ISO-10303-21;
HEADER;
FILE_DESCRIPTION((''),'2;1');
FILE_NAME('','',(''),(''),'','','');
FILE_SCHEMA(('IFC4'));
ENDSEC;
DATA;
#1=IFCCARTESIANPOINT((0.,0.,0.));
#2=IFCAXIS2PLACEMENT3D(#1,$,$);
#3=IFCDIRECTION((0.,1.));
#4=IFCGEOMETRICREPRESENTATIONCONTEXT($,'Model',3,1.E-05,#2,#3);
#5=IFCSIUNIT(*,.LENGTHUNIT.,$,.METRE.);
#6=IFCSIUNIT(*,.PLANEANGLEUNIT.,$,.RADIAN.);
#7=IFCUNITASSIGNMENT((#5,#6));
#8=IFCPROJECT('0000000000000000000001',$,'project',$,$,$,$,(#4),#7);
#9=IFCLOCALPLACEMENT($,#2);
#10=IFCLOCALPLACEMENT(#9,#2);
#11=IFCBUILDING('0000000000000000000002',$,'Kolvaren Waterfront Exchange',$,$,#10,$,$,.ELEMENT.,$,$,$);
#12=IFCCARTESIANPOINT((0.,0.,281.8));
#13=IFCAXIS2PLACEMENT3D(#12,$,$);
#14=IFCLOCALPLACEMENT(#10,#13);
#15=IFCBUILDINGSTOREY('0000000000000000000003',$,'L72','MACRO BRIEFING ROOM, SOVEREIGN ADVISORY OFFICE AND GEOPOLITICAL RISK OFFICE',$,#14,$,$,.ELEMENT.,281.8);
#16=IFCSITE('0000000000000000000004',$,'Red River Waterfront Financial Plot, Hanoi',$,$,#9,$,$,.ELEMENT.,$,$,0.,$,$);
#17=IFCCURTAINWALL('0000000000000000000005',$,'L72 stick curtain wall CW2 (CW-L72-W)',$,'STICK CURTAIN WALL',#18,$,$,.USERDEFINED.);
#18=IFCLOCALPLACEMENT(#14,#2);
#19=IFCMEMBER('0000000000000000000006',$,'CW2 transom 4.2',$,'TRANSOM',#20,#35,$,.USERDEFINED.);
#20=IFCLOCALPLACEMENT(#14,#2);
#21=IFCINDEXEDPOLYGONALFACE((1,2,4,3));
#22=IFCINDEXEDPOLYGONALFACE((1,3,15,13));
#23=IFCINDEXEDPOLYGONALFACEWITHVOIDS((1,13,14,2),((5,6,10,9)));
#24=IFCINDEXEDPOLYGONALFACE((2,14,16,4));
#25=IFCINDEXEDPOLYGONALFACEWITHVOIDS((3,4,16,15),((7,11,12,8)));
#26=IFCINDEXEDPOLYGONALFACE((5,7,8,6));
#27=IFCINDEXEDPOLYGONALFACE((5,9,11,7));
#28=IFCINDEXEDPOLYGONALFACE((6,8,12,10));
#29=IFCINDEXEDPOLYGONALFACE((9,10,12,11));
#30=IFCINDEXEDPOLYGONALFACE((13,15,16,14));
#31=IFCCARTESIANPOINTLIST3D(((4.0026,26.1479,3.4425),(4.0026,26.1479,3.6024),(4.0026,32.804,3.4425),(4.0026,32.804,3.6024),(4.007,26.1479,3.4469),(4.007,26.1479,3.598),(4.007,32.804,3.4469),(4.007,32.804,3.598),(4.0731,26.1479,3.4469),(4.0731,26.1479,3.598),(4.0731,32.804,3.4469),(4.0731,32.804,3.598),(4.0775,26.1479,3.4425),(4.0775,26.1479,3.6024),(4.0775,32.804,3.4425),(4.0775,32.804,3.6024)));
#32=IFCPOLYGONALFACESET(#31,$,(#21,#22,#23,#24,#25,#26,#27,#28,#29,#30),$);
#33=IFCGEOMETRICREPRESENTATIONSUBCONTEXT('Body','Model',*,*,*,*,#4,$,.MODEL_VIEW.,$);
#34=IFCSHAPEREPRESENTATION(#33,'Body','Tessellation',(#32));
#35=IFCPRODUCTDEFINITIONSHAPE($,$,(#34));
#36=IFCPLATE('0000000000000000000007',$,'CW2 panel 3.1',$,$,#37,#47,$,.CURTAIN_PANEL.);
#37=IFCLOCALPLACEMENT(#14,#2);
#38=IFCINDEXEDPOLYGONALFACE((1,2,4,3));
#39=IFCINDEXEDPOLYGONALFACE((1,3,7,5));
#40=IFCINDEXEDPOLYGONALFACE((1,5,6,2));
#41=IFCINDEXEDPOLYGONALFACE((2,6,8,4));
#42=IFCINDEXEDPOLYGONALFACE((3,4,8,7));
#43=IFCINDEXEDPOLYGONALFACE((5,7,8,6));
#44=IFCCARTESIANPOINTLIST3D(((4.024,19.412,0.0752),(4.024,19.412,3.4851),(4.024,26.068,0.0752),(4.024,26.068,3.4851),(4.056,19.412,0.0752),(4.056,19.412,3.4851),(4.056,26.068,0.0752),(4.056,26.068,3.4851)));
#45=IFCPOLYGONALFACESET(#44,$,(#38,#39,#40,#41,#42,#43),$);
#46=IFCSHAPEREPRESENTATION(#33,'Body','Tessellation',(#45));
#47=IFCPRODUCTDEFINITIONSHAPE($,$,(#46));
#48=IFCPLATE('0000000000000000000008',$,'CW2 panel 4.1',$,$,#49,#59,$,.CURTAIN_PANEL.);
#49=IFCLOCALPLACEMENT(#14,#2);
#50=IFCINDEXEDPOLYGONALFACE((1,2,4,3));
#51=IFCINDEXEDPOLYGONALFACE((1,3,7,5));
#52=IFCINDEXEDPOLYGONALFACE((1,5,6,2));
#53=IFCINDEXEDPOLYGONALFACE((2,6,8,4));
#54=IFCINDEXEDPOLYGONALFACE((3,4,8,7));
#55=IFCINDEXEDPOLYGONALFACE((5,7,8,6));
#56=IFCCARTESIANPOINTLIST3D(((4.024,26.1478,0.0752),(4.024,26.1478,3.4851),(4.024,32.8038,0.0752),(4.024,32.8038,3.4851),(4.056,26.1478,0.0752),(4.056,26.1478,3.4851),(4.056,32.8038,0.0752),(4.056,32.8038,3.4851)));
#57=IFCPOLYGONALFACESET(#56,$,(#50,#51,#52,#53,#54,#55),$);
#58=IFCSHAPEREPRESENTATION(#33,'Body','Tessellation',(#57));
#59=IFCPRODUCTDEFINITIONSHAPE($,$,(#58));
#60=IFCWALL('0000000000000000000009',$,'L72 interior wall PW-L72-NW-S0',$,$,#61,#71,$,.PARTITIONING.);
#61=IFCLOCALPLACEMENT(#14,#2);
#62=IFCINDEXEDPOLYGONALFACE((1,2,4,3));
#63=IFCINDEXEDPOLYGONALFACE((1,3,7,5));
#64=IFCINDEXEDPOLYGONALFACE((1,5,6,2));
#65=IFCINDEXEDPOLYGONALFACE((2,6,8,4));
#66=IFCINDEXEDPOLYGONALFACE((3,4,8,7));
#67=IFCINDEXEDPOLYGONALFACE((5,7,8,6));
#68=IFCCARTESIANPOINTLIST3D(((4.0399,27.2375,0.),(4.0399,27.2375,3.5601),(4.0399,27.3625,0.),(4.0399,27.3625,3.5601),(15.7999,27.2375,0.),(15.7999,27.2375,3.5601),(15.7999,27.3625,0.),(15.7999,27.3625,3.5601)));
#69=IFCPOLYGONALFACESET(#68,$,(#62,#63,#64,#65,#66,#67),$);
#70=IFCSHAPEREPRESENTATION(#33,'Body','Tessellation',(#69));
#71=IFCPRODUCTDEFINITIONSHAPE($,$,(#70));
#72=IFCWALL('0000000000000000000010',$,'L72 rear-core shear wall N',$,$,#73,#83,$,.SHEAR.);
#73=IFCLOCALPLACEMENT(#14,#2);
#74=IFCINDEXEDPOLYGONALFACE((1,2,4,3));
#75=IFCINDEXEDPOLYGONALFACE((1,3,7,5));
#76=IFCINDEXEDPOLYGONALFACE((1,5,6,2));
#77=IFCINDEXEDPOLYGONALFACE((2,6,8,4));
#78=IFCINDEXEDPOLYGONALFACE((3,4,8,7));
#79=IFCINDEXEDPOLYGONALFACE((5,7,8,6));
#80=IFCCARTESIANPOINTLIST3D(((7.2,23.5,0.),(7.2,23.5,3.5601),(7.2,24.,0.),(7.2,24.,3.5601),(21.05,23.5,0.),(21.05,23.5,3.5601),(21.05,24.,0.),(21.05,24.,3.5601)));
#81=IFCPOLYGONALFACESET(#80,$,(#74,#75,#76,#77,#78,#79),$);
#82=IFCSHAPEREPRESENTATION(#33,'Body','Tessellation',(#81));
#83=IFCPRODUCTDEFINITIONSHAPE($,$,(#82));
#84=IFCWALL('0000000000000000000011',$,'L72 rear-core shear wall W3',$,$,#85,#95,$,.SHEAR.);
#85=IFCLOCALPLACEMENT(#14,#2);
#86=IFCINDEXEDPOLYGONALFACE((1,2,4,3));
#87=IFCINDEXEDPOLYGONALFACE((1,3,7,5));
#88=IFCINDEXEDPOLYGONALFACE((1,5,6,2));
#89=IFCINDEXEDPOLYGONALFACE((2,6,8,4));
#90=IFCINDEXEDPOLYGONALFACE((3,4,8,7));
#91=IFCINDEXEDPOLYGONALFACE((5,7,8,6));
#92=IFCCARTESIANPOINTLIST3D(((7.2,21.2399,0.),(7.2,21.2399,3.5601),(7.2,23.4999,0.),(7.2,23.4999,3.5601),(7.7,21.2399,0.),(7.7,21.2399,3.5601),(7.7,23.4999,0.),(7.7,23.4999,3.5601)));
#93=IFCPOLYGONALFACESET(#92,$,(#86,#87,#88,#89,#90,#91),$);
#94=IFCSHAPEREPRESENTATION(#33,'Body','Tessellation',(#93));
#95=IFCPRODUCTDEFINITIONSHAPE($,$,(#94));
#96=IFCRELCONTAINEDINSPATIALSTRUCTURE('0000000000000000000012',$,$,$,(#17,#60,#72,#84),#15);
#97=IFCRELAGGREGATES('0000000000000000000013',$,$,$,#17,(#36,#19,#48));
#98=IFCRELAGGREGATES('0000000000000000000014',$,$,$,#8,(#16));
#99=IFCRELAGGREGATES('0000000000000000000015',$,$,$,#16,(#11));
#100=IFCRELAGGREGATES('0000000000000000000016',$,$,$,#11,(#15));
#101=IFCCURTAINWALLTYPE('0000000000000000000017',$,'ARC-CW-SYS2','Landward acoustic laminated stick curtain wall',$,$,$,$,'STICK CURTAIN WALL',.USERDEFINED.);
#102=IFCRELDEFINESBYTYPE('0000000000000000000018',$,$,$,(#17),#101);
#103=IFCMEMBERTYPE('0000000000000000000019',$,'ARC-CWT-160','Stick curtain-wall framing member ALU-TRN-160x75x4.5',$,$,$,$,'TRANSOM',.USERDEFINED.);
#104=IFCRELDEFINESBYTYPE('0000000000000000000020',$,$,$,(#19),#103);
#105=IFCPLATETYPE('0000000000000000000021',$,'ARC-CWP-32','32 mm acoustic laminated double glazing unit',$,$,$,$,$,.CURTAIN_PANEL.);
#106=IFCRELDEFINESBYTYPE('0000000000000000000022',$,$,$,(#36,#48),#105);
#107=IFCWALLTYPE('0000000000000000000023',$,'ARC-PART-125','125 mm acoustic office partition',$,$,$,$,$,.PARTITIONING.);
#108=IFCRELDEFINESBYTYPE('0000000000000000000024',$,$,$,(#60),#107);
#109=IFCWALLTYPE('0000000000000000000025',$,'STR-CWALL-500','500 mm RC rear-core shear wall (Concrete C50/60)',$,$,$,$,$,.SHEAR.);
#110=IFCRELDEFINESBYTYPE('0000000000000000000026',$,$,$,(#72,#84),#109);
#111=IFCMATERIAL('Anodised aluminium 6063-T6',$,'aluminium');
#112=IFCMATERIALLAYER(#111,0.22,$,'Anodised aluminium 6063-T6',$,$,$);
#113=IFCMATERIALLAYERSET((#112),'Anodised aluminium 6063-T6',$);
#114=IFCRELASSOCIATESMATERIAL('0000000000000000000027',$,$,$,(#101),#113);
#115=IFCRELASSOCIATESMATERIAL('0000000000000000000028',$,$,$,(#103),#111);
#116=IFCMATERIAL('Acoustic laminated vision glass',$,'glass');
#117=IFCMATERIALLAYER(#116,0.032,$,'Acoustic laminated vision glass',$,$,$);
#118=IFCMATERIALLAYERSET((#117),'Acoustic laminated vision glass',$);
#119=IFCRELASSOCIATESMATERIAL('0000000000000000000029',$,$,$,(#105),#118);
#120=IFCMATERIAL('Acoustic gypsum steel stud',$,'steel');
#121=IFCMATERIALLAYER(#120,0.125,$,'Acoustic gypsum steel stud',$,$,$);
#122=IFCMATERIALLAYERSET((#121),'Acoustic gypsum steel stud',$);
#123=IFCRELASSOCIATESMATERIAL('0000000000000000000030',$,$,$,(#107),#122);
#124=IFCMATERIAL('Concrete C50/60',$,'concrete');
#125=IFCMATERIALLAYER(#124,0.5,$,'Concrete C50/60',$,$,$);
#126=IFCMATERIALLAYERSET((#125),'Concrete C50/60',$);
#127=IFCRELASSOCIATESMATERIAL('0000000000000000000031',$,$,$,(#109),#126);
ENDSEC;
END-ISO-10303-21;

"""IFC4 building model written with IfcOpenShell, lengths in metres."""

from ifc_helpers import new_model, si_unit, direction, frame, frame_2d, origin, origin_with_axes, origin_2d, place, context, subcontext, project, spatial, rectangle, hollow_rectangle, extrude, source, transform, mapped, material, layer, layer_set, material_profile, profile_set, type_object, element, aggregate, save


model = new_model("IFC4")

# Units and contexts
model_context = context("Model", 3, precision=1e-05, world=origin(), true_north=direction((0.0, 1.0)))
body_context = subcontext(model_context, "Body", "Model", "MODEL_VIEW")
ifc_project = project(units=[si_unit("LENGTHUNIT", "METRE"), si_unit("PLANEANGLEUNIT", "RADIAN")], contexts=[model_context])

# Site, building, storey
site_placement = place(None, origin())
site = spatial("IfcSite", under=ifc_project, at=site_placement, Name="Red River Waterfront Financial Plot, Hanoi", CompositionType="ELEMENT", RefElevation=0.0)
building_placement = place(site_placement, origin())
building = spatial("IfcBuilding", under=site, at=building_placement, Name="Kolvaren Waterfront Exchange", CompositionType="ELEMENT")
storey_placement = place(building_placement, frame((0.0, 0.0, 281.8)))
storey = spatial("IfcBuildingStorey", under=building, at=storey_placement, Name="L72", Description="MACRO BRIEFING ROOM, SOVEREIGN ADVISORY OFFICE AND GEOPOLITICAL RISK OFFICE", CompositionType="ELEMENT", Elevation=281.8)

# Shared definitions
ifc_material_1 = material(Name="Concrete C50/60", Category="concrete")

# Curtain wall, member, plates
ifc_material_2 = material(Name="Anodised aluminium 6063-T6", Category="aluminium")
ifc_layer_1 = layer(ifc_material_2, 0.22, Name="Anodised aluminium 6063-T6")
ifc_layer_set_1 = layer_set([ifc_layer_1], Name="Anodised aluminium 6063-T6")
curtain_wall_type = type_object("IfcCurtainWallType", Name="ARC-CW-SYS2", Description="Landward acoustic laminated stick curtain wall", ElementType="STICK CURTAIN WALL", PredefinedType="USERDEFINED", material=ifc_layer_set_1)
curtain_wall_placement = place(storey_placement, origin())
curtain_wall = element("IfcCurtainWall", 1, at=curtain_wall_placement, inside=storey, type_object=curtain_wall_type, Name="L72 stick curtain wall CW2 (CW-L72-W)", ObjectType="STICK CURTAIN WALL", PredefinedType="USERDEFINED")
ifc_material_profile_1 = material_profile(ifc_material_2, hollow_rectangle(XDim=0.075, YDim=0.1599, WallThickness=0.0044, at=origin_2d()), Name="ALU-TRN-160x75x4.5")
ifc_profile_set_1 = profile_set([ifc_material_profile_1], Name="Anodised aluminium 6063-T6")
member_type_1 = type_object("IfcMemberType", Name="ARC-CWT-160", Description="Stick curtain-wall framing member ALU-TRN-160x75x4.5", ElementType="TRANSOM", PredefinedType="USERDEFINED", material=ifc_profile_set_1)
shared_shape_1 = source(origin_with_axes(), body_context, "Body", "SweptSolid", [
    extrude(hollow_rectangle(XDim=0.075, YDim=0.1599, WallThickness=0.0044, at=origin_2d()), origin(), (0.0, 0.0, 1.0), 6.656),
])
member_1_placement = place(storey_placement, frame((4.04, 26.1479, 3.5225), z_axis=(0.0, 1.0, 0.0), x_axis=(-1.0, 0.0, 0.0)))
member_1 = element("IfcMember", 2, at=member_1_placement, type_object=member_type_1, Name="CW2 transom 4.2", ObjectType="TRANSOM", PredefinedType="USERDEFINED", context=body_context, shape_type="MappedRepresentation", body=[
    mapped(shared_shape_1, transform((0.0, 0.0, 0.0), x_axis=(1.0, 0.0, 0.0), y_axis=(0.0, 1.0, 0.0), z_axis=(0.0, 0.0, 1.0), scale=1.0)),
])
ifc_material_3 = material(Name="Acoustic laminated vision glass", Category="glass")
ifc_layer_2 = layer(ifc_material_3, 0.032, Name="Acoustic laminated vision glass")
ifc_layer_set_2 = layer_set([ifc_layer_2], Name="Acoustic laminated vision glass")
plate_type = type_object("IfcPlateType", Name="ARC-CWP-32", Description="32 mm acoustic laminated double glazing unit", PredefinedType="CURTAIN_PANEL", material=ifc_layer_set_2)
shared_shape_2 = source(origin_with_axes(), body_context, "Body", "SweptSolid", [
    extrude(rectangle(XDim=6.656, YDim=0.032, at=origin_2d()), origin(), (0.0, 0.0, 1.0), 3.4099),
])
plate_1_placement = place(storey_placement, frame((4.04, 22.74, 0.0752), z_axis=(0.0, 0.0, 1.0), x_axis=(0.0, 1.0, 0.0)))
plate_1 = element("IfcPlate", 3, at=plate_1_placement, type_object=plate_type, Name="CW2 panel 3.1", PredefinedType="CURTAIN_PANEL", context=body_context, shape_type="MappedRepresentation", body=[
    mapped(shared_shape_2, transform((0.0, 0.0, 0.0), x_axis=(1.0, 0.0, 0.0), y_axis=(0.0, 1.0, 0.0), z_axis=(0.0, 0.0, 1.0), scale=1.0)),
])
plate_2_placement = place(storey_placement, frame((4.04, 29.4758, 0.0752), z_axis=(0.0, 0.0, 1.0), x_axis=(0.0, 1.0, 0.0)))
plate_2 = element("IfcPlate", 4, at=plate_2_placement, type_object=plate_type, Name="CW2 panel 4.1", PredefinedType="CURTAIN_PANEL", context=body_context, shape_type="MappedRepresentation", body=[
    mapped(shared_shape_2, transform((0.0, 0.0, 0.0), x_axis=(1.0, 0.0, 0.0), y_axis=(0.0, 1.0, 0.0), z_axis=(0.0, 0.0, 1.0), scale=1.0)),
])
aggregate(curtain_wall, [plate_1, member_1, plate_2])

# Wall
ifc_material_4 = material(Name="Acoustic gypsum steel stud", Category="steel")
ifc_layer_3 = layer(ifc_material_4, 0.125, Name="Acoustic gypsum steel stud")
ifc_layer_set_3 = layer_set([ifc_layer_3], Name="Acoustic gypsum steel stud")
wall_type_1 = type_object("IfcWallType", Name="ARC-PART-125", Description="125 mm acoustic office partition", PredefinedType="PARTITIONING", material=ifc_layer_set_3)
wall_1_placement = place(storey_placement, frame((4.04, 27.3, 0.0), z_axis=(0.0, 0.0, 1.0), x_axis=(1.0, 0.0, 0.0)))
element("IfcWall", 5, at=wall_1_placement, inside=storey, type_object=wall_type_1, Name="L72 interior wall PW-L72-NW-S0", PredefinedType="PARTITIONING", context=body_context, shape_type="SweptSolid", body=[
    extrude(rectangle(XDim=11.76, YDim=0.125, at=frame_2d((5.8799, 0.0))), origin(), (0.0, 0.0, 1.0), 3.5601),
])

# Walls
ifc_layer_4 = layer(ifc_material_1, 0.5, Name="Concrete C50/60")
ifc_layer_set_4 = layer_set([ifc_layer_4], Name="Concrete C50/60")
wall_type_2 = type_object("IfcWallType", Name="STR-CWALL-500", Description="500 mm RC rear-core shear wall (Concrete C50/60)", PredefinedType="SHEAR", material=ifc_layer_set_4)
wall_2_placement = place(storey_placement, frame((7.2, 23.75, 0.0), z_axis=(0.0, 0.0, 1.0), x_axis=(1.0, 0.0, 0.0)))
element("IfcWall", 6, at=wall_2_placement, inside=storey, type_object=wall_type_2, Name="L72 rear-core shear wall N", PredefinedType="SHEAR", context=body_context, shape_type="SweptSolid", body=[
    extrude(rectangle(XDim=13.8501, YDim=0.5, at=frame_2d((6.925, 0.0))), origin(), (0.0, 0.0, 1.0), 3.5601),
])
wall_3_placement = place(storey_placement, frame((7.45, 21.24, 0.0), z_axis=(0.0, 0.0, 1.0), x_axis=(0.0, 1.0, 0.0)))
element("IfcWall", 7, at=wall_3_placement, inside=storey, type_object=wall_type_2, Name="L72 rear-core shear wall W3", PredefinedType="SHEAR", context=body_context, shape_type="SweptSolid", body=[
    extrude(rectangle(XDim=2.26, YDim=0.5, at=frame_2d((1.1299, 0.0))), origin(), (0.0, 0.0, 1.0), 3.5601),
])

save(model, "model.ifc")
